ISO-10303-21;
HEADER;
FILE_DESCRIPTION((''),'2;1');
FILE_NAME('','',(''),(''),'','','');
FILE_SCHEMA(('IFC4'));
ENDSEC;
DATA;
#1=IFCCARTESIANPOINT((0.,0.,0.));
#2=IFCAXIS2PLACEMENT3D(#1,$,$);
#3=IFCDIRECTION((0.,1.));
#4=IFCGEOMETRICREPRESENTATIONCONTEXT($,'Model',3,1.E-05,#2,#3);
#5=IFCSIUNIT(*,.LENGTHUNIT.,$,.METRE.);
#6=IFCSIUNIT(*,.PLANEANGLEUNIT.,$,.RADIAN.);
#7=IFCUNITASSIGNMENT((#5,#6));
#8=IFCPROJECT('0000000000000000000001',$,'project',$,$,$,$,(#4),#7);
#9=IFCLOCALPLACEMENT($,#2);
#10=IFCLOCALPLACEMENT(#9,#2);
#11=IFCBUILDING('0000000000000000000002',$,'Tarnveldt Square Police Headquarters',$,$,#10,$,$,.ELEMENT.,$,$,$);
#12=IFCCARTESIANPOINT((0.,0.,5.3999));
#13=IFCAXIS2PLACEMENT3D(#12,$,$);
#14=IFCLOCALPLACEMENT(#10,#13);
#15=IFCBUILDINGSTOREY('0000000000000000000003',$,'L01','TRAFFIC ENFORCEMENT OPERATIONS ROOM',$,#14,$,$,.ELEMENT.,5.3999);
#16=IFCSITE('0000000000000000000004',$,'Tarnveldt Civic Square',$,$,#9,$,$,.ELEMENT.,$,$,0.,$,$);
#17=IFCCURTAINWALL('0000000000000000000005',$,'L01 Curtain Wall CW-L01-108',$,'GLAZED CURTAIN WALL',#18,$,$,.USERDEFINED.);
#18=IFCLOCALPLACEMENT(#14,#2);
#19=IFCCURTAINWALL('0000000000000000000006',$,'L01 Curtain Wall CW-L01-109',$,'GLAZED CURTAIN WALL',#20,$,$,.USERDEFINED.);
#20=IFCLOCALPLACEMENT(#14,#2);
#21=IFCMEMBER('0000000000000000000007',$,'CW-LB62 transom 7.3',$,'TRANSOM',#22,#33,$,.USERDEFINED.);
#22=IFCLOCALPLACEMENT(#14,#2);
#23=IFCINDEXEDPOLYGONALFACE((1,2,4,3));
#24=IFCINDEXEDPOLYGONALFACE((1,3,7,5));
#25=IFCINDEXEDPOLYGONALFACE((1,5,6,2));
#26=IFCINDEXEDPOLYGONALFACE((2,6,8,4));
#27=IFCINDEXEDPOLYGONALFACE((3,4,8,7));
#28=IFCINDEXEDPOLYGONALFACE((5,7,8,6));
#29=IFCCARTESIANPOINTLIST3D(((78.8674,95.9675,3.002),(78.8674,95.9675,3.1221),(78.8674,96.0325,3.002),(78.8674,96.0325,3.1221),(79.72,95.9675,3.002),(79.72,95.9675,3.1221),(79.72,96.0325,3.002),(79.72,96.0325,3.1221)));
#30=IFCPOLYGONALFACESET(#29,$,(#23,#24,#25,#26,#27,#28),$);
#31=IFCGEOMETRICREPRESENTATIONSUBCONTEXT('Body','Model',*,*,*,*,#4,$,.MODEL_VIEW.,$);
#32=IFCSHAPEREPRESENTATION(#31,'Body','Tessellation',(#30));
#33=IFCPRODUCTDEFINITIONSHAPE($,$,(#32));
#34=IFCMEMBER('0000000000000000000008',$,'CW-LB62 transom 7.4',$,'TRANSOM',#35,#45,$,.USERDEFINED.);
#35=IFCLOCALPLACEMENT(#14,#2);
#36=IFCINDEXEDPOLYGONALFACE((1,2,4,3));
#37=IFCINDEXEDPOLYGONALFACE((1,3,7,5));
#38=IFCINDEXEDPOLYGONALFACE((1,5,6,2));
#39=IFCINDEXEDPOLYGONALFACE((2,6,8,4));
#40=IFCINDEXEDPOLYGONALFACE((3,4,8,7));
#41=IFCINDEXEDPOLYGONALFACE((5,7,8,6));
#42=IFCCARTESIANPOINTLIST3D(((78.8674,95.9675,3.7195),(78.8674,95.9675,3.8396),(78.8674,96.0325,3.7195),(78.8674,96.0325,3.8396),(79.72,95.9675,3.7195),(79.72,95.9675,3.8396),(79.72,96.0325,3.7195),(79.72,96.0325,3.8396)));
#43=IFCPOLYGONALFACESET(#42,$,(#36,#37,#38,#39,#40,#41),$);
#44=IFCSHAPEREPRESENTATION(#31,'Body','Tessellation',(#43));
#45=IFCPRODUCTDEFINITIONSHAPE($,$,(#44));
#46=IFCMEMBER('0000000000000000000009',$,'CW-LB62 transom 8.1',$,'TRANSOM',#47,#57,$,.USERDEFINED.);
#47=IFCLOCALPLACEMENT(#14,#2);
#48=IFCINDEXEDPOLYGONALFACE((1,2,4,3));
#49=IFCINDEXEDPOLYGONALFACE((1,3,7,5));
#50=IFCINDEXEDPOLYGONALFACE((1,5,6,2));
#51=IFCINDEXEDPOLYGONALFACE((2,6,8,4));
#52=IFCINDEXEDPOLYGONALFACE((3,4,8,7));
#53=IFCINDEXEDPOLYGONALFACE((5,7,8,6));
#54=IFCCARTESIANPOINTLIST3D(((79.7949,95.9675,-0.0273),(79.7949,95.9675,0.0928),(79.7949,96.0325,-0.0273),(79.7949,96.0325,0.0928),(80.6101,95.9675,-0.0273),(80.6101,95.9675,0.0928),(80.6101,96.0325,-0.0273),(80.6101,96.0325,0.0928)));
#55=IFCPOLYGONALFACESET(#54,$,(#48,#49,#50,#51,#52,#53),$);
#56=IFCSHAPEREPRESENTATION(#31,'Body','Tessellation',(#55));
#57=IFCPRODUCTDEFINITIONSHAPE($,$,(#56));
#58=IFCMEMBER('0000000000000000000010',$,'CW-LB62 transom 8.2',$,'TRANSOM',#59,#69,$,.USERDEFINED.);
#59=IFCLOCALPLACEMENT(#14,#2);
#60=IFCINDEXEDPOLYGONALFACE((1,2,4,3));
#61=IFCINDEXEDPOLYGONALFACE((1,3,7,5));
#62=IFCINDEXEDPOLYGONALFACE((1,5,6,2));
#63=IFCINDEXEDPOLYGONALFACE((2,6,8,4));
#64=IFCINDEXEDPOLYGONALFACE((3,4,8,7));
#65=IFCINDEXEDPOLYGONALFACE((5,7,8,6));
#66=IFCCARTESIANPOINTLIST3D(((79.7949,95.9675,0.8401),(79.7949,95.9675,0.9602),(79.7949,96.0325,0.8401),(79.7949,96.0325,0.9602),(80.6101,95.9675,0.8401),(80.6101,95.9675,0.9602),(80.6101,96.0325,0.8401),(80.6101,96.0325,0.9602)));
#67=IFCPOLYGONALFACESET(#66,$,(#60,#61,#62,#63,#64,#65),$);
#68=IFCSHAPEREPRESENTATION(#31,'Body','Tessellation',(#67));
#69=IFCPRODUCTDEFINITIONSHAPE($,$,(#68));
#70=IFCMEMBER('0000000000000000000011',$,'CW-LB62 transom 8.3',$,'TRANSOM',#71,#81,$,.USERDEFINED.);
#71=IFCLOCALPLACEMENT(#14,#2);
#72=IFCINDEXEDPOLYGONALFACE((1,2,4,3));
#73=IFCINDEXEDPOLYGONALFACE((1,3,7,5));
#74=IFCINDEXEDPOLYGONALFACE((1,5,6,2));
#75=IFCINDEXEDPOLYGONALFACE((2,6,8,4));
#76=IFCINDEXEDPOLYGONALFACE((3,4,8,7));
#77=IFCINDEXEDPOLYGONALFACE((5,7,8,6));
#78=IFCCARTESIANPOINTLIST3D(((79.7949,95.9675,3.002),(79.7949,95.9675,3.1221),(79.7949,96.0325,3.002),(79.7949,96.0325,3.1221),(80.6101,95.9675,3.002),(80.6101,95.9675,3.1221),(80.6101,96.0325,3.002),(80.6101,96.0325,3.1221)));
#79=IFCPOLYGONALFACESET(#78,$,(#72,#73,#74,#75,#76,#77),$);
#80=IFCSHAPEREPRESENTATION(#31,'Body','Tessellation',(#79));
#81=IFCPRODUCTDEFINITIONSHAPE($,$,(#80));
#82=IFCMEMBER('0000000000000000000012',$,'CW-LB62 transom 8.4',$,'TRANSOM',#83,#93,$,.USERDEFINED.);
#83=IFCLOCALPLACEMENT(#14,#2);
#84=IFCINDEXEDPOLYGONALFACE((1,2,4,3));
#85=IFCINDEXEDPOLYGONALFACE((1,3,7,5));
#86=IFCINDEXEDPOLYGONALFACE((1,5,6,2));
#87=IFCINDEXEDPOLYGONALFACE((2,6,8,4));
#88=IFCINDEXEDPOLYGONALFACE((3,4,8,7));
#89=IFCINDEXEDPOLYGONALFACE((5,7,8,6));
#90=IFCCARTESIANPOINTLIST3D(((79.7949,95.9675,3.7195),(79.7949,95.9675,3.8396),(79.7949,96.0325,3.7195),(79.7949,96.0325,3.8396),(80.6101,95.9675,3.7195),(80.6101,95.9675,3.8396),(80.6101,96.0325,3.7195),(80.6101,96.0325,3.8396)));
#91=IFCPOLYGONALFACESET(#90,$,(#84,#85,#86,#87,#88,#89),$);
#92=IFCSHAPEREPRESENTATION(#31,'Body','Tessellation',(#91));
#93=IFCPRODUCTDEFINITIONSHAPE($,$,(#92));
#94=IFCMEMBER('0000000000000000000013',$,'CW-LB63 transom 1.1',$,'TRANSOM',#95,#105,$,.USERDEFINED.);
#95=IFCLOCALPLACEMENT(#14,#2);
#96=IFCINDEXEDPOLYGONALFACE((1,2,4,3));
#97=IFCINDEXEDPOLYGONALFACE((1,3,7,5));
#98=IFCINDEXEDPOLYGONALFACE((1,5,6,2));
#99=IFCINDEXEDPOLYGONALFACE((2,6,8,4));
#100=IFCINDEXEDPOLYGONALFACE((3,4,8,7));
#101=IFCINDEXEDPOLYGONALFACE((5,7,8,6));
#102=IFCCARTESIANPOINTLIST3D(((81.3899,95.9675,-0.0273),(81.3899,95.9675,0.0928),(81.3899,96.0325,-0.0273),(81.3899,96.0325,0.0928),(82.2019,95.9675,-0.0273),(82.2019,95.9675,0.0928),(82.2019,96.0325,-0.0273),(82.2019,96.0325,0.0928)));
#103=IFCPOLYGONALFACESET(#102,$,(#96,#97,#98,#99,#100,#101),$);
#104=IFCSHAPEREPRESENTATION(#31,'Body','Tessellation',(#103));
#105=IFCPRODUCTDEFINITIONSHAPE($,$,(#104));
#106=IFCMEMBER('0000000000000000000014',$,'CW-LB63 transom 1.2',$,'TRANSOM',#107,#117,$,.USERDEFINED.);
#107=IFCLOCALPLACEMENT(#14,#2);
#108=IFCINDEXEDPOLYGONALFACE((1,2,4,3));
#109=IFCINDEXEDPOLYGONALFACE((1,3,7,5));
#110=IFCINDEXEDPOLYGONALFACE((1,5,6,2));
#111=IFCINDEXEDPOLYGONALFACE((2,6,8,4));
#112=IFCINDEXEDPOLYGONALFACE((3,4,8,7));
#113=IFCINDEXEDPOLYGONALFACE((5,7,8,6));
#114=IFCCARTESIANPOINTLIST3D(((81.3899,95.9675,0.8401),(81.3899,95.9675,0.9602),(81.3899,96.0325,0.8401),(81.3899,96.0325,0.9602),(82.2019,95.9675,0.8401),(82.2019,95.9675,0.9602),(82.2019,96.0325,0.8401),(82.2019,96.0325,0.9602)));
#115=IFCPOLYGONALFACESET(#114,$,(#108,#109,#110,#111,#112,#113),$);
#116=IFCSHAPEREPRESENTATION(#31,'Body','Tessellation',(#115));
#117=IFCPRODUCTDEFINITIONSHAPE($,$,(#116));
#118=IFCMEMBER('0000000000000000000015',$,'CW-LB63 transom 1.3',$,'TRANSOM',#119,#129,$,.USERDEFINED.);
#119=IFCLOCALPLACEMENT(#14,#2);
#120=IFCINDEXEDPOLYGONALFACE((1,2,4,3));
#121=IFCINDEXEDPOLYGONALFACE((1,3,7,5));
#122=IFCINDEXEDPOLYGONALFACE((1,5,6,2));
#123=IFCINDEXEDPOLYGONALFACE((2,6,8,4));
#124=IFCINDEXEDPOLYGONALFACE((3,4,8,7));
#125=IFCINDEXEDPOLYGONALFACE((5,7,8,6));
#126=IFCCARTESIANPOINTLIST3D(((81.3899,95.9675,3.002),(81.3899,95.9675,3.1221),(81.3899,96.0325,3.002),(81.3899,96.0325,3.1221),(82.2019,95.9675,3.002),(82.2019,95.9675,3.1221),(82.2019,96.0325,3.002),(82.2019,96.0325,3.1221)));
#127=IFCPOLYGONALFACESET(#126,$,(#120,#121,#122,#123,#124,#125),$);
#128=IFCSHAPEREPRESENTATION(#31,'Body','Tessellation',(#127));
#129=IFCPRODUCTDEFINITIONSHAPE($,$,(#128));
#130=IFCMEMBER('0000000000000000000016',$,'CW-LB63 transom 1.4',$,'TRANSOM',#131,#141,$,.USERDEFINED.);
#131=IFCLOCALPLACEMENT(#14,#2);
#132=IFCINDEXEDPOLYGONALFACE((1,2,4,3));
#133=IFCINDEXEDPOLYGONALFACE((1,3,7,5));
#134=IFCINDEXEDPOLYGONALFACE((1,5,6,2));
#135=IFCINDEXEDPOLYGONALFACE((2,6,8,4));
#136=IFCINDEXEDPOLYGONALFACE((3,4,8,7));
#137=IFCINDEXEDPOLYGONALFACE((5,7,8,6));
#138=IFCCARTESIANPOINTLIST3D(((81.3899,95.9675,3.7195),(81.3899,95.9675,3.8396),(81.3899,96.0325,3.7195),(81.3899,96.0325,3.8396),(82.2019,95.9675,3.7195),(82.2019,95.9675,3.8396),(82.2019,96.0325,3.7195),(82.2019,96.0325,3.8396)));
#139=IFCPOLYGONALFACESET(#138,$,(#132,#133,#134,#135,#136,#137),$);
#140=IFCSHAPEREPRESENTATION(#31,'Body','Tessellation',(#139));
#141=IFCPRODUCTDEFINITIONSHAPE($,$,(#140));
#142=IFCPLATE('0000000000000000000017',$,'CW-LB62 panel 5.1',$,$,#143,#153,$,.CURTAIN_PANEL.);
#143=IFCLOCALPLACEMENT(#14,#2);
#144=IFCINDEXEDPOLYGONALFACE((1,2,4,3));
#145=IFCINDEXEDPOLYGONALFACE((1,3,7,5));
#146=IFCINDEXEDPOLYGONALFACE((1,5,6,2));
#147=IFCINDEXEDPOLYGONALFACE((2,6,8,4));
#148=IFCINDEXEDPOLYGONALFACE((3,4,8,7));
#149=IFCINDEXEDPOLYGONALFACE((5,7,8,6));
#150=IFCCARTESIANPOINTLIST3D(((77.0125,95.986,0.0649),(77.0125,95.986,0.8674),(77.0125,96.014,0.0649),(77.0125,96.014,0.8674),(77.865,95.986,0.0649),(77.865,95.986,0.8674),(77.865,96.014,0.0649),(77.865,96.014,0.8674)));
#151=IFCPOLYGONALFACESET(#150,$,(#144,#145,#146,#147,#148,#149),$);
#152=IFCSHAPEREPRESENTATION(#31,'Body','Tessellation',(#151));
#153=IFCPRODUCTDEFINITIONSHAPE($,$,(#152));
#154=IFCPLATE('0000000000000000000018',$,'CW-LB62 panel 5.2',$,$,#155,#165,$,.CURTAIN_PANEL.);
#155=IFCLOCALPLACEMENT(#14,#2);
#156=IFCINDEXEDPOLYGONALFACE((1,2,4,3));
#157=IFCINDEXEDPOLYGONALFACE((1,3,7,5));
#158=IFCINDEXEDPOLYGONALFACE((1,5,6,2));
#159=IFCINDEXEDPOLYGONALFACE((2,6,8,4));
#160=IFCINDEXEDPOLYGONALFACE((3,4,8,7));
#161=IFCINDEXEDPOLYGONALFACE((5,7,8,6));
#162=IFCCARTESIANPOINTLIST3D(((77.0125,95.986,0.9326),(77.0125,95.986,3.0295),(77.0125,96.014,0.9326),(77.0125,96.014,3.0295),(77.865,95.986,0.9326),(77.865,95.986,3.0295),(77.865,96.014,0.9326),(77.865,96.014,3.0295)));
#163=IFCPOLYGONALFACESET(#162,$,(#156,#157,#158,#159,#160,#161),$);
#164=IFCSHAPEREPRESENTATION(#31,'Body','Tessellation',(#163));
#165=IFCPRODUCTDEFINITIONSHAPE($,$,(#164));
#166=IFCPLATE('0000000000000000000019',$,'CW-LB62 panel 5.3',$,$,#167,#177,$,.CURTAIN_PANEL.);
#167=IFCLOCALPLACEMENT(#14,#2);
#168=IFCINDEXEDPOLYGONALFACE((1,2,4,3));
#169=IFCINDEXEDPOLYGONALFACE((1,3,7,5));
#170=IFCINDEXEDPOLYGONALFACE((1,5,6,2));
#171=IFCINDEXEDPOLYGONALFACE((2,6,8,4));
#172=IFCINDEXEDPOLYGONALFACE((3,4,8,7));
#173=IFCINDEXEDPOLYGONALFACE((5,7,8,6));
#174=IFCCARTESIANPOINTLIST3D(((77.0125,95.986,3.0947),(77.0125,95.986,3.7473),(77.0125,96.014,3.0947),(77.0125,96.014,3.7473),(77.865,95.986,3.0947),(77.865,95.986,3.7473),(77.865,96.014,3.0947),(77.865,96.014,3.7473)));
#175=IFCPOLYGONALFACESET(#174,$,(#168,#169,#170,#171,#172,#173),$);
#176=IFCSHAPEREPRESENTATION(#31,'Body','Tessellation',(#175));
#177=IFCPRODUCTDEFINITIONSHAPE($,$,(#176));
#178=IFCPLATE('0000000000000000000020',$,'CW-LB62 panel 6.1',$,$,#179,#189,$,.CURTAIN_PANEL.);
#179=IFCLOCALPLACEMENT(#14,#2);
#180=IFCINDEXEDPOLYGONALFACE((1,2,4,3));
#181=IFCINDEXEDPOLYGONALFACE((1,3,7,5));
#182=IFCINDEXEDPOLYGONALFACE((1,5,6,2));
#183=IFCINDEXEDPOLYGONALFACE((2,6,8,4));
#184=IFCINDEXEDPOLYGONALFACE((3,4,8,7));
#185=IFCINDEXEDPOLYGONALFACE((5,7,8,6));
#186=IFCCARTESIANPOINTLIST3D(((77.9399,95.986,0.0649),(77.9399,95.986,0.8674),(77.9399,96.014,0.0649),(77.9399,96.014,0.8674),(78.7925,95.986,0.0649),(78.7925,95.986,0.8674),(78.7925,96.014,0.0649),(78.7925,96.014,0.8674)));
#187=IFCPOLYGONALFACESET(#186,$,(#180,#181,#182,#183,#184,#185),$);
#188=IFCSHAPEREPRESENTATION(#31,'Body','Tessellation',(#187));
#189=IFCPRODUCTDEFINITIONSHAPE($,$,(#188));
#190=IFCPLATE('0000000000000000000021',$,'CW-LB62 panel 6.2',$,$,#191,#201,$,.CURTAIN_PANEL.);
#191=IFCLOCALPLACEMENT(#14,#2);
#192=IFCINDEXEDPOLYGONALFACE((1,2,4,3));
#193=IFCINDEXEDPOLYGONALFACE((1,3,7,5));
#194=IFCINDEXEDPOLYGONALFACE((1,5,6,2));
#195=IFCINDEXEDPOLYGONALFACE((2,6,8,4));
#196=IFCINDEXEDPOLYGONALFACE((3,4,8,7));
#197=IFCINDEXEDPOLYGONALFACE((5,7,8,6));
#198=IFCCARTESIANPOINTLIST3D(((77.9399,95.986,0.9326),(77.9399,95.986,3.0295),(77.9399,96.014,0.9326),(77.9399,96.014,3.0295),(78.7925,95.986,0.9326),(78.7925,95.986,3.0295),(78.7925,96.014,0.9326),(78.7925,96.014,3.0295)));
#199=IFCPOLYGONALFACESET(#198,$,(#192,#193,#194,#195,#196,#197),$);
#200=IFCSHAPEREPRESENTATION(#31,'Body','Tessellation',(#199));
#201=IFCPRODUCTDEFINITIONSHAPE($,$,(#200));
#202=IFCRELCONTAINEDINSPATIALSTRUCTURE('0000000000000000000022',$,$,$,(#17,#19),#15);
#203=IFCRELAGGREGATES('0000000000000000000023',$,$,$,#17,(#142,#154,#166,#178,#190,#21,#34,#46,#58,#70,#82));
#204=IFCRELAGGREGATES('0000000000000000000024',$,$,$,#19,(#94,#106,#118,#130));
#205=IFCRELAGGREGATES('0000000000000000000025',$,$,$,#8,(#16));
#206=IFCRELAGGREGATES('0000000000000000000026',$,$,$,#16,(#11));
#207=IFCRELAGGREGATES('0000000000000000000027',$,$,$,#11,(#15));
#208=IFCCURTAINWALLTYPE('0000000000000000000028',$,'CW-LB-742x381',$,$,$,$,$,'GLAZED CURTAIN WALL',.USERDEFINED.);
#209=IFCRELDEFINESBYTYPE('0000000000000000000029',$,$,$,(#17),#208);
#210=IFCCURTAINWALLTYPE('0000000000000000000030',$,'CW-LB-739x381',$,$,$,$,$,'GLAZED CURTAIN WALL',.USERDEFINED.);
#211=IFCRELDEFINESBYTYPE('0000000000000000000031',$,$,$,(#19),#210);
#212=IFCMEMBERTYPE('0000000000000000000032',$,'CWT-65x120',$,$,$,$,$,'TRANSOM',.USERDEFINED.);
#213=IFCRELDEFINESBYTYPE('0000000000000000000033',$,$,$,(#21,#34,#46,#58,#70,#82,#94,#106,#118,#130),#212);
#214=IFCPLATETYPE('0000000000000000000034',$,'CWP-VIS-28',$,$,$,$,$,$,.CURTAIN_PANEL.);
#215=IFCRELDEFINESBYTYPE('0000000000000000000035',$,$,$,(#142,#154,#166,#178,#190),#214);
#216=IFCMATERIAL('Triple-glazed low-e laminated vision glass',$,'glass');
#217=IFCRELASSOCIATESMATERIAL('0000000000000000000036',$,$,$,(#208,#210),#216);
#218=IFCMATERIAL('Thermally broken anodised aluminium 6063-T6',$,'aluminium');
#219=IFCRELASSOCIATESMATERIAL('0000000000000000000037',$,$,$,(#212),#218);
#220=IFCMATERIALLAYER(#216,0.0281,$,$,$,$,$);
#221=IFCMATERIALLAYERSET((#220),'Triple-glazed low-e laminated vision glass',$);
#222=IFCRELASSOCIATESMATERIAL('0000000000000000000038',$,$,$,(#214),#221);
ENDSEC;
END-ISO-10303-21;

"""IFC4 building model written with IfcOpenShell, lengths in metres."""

from ifc_helpers import new_model, si_unit, direction, frame, origin, origin_2d, place, context, subcontext, project, spatial, rectangle, extrude, material, layer, layer_set, material_profile, profile_set, type_object, element, aggregate, save


model = new_model("IFC4")

# Units and contexts
model_context = context("Model", 3, precision=1e-05, world=origin(), true_north=direction((0.0, 1.0)))
body_context = subcontext(model_context, "Body", "Model", "MODEL_VIEW")
ifc_project = project(units=[si_unit("LENGTHUNIT", "METRE"), si_unit("PLANEANGLEUNIT", "RADIAN")], contexts=[model_context])

# Site, building, storey
site_placement = place(None, origin())
site = spatial("IfcSite", under=ifc_project, at=site_placement, Name="Tarnveldt Civic Square", CompositionType="ELEMENT", RefElevation=0.0)
building_placement = place(site_placement, origin())
building = spatial("IfcBuilding", under=site, at=building_placement, Name="Tarnveldt Square Police Headquarters", CompositionType="ELEMENT")
storey_placement = place(building_placement, frame((0.0, 0.0, 5.3999)))
storey = spatial("IfcBuildingStorey", under=building, at=storey_placement, Name="L01", Description="TRAFFIC ENFORCEMENT OPERATIONS ROOM", CompositionType="ELEMENT", Elevation=5.3999)

# Curtain wall
ifc_material_1 = material(Name="Triple-glazed low-e laminated vision glass", Category="glass")
curtain_wall_type_1 = type_object("IfcCurtainWallType", Name="CW-LB-742x381", ElementType="GLAZED CURTAIN WALL", PredefinedType="USERDEFINED", material=ifc_material_1)
curtain_wall_1_placement = place(storey_placement, origin())
curtain_wall_1 = element("IfcCurtainWall", 1, at=curtain_wall_1_placement, inside=storey, type_object=curtain_wall_type_1, Name="L01 Curtain Wall CW-L01-108", ObjectType="GLAZED CURTAIN WALL", PredefinedType="USERDEFINED")
ifc_material_2 = material(Name="Thermally broken anodised aluminium 6063-T6", Category="aluminium")

# Curtain wall
curtain_wall_type_2 = type_object("IfcCurtainWallType", Name="CW-LB-739x381", ElementType="GLAZED CURTAIN WALL", PredefinedType="USERDEFINED", material=ifc_material_1)
curtain_wall_2_placement = place(storey_placement, origin())
curtain_wall_2 = element("IfcCurtainWall", 2, at=curtain_wall_2_placement, inside=storey, type_object=curtain_wall_type_2, Name="L01 Curtain Wall CW-L01-109", ObjectType="GLAZED CURTAIN WALL", PredefinedType="USERDEFINED")

# Members
ifc_material_profile_1 = material_profile(ifc_material_2, rectangle(XDim=0.0649, YDim=0.1201, at=origin_2d()), Name="CW-T65x120")
ifc_profile_set_1 = profile_set([ifc_material_profile_1], Name="Thermally broken anodised aluminium 6063-T6")
member_type_1 = type_object("IfcMemberType", Name="CWT-65x120", ElementType="TRANSOM", PredefinedType="USERDEFINED", material=ifc_profile_set_1)
member_1_placement = place(storey_placement, frame((78.8674, 96.0, 3.062), z_axis=(1.0, 0.0, 0.0), x_axis=(0.0, 1.0, 0.0)))
member_1 = element("IfcMember", 3, at=member_1_placement, type_object=member_type_1, Name="CW-LB62 transom 7.3", ObjectType="TRANSOM", PredefinedType="USERDEFINED", context=body_context, shape_type="SweptSolid", body=[
    extrude(rectangle(XDim=0.0649, YDim=0.1201, at=origin_2d()), origin(), (0.0, 0.0, 1.0), 0.8525),
])
member_2_placement = place(storey_placement, frame((78.8674, 96.0, 3.7795), z_axis=(1.0, 0.0, 0.0), x_axis=(0.0, 1.0, 0.0)))
member_2 = element("IfcMember", 4, at=member_2_placement, type_object=member_type_1, Name="CW-LB62 transom 7.4", ObjectType="TRANSOM", PredefinedType="USERDEFINED", context=body_context, shape_type="SweptSolid", body=[
    extrude(rectangle(XDim=0.0649, YDim=0.1201, at=origin_2d()), origin(), (0.0, 0.0, 1.0), 0.8525),
])
member_3_placement = place(storey_placement, frame((79.7949, 96.0, 0.0327), z_axis=(1.0, 0.0, 0.0), x_axis=(0.0, 1.0, 0.0)))
member_3 = element("IfcMember", 5, at=member_3_placement, type_object=member_type_1, Name="CW-LB62 transom 8.1", ObjectType="TRANSOM", PredefinedType="USERDEFINED", context=body_context, shape_type="SweptSolid", body=[
    extrude(rectangle(XDim=0.0649, YDim=0.1201, at=origin_2d()), origin(), (0.0, 0.0, 1.0), 0.8152),
])
member_4_placement = place(storey_placement, frame((79.7949, 96.0, 0.9001), z_axis=(1.0, 0.0, 0.0), x_axis=(0.0, 1.0, 0.0)))
member_4 = element("IfcMember", 6, at=member_4_placement, type_object=member_type_1, Name="CW-LB62 transom 8.2", ObjectType="TRANSOM", PredefinedType="USERDEFINED", context=body_context, shape_type="SweptSolid", body=[
    extrude(rectangle(XDim=0.0649, YDim=0.1201, at=origin_2d()), origin(), (0.0, 0.0, 1.0), 0.8152),
])
member_5_placement = place(storey_placement, frame((79.7949, 96.0, 3.062), z_axis=(1.0, 0.0, 0.0), x_axis=(0.0, 1.0, 0.0)))
member_5 = element("IfcMember", 7, at=member_5_placement, type_object=member_type_1, Name="CW-LB62 transom 8.3", ObjectType="TRANSOM", PredefinedType="USERDEFINED", context=body_context, shape_type="SweptSolid", body=[
    extrude(rectangle(XDim=0.0649, YDim=0.1201, at=origin_2d()), origin(), (0.0, 0.0, 1.0), 0.8152),
])
member_6_placement = place(storey_placement, frame((79.7949, 96.0, 3.7795), z_axis=(1.0, 0.0, 0.0), x_axis=(0.0, 1.0, 0.0)))
member_6 = element("IfcMember", 8, at=member_6_placement, type_object=member_type_1, Name="CW-LB62 transom 8.4", ObjectType="TRANSOM", PredefinedType="USERDEFINED", context=body_context, shape_type="SweptSolid", body=[
    extrude(rectangle(XDim=0.0649, YDim=0.1201, at=origin_2d()), origin(), (0.0, 0.0, 1.0), 0.8152),
])
member_7_placement = place(storey_placement, frame((81.3899, 96.0, 0.0327), z_axis=(1.0, 0.0, 0.0), x_axis=(0.0, 1.0, 0.0)))
member_7 = element("IfcMember", 9, at=member_7_placement, type_object=member_type_1, Name="CW-LB63 transom 1.1", ObjectType="TRANSOM", PredefinedType="USERDEFINED", context=body_context, shape_type="SweptSolid", body=[
    extrude(rectangle(XDim=0.0649, YDim=0.1201, at=origin_2d()), origin(), (0.0, 0.0, 1.0), 0.812),
])
member_8_placement = place(storey_placement, frame((81.3899, 96.0, 0.9001), z_axis=(1.0, 0.0, 0.0), x_axis=(0.0, 1.0, 0.0)))
member_8 = element("IfcMember", 10, at=member_8_placement, type_object=member_type_1, Name="CW-LB63 transom 1.2", ObjectType="TRANSOM", PredefinedType="USERDEFINED", context=body_context, shape_type="SweptSolid", body=[
    extrude(rectangle(XDim=0.0649, YDim=0.1201, at=origin_2d()), origin(), (0.0, 0.0, 1.0), 0.812),
])
member_9_placement = place(storey_placement, frame((81.3899, 96.0, 3.062), z_axis=(1.0, 0.0, 0.0), x_axis=(0.0, 1.0, 0.0)))
member_9 = element("IfcMember", 11, at=member_9_placement, type_object=member_type_1, Name="CW-LB63 transom 1.3", ObjectType="TRANSOM", PredefinedType="USERDEFINED", context=body_context, shape_type="SweptSolid", body=[
    extrude(rectangle(XDim=0.0649, YDim=0.1201, at=origin_2d()), origin(), (0.0, 0.0, 1.0), 0.812),
])
member_10_placement = place(storey_placement, frame((81.3899, 96.0, 3.7795), z_axis=(1.0, 0.0, 0.0), x_axis=(0.0, 1.0, 0.0)))
member_10 = element("IfcMember", 12, at=member_10_placement, type_object=member_type_1, Name="CW-LB63 transom 1.4", ObjectType="TRANSOM", PredefinedType="USERDEFINED", context=body_context, shape_type="SweptSolid", body=[
    extrude(rectangle(XDim=0.0649, YDim=0.1201, at=origin_2d()), origin(), (0.0, 0.0, 1.0), 0.812),
])

# Plates
ifc_layer = layer(ifc_material_1, 0.0281)
ifc_layer_set = layer_set([ifc_layer], Name="Triple-glazed low-e laminated vision glass")
plate_type = type_object("IfcPlateType", Name="CWP-VIS-28", PredefinedType="CURTAIN_PANEL", material=ifc_layer_set)
plate_1_placement = place(storey_placement, frame((77.4387, 96.0, 0.0649), z_axis=(0.0, 0.0, 1.0), x_axis=(1.0, 0.0, 0.0)))
plate_1 = element("IfcPlate", 13, at=plate_1_placement, type_object=plate_type, Name="CW-LB62 panel 5.1", PredefinedType="CURTAIN_PANEL", context=body_context, shape_type="SweptSolid", body=[
    extrude(rectangle(XDim=0.8525, YDim=0.0281, at=origin_2d()), origin(), (0.0, 0.0, 1.0), 0.8025),
])
plate_2_placement = place(storey_placement, frame((77.4387, 96.0, 0.9326), z_axis=(0.0, 0.0, 1.0), x_axis=(1.0, 0.0, 0.0)))
plate_2 = element("IfcPlate", 14, at=plate_2_placement, type_object=plate_type, Name="CW-LB62 panel 5.2", PredefinedType="CURTAIN_PANEL", context=body_context, shape_type="SweptSolid", body=[
    extrude(rectangle(XDim=0.8525, YDim=0.0281, at=origin_2d()), origin(), (0.0, 0.0, 1.0), 2.0969),
])
plate_3_placement = place(storey_placement, frame((77.4387, 96.0, 3.0947), z_axis=(0.0, 0.0, 1.0), x_axis=(1.0, 0.0, 0.0)))
plate_3 = element("IfcPlate", 15, at=plate_3_placement, type_object=plate_type, Name="CW-LB62 panel 5.3", PredefinedType="CURTAIN_PANEL", context=body_context, shape_type="SweptSolid", body=[
    extrude(rectangle(XDim=0.8525, YDim=0.0281, at=origin_2d()), origin(), (0.0, 0.0, 1.0), 0.6526),
])
plate_4_placement = place(storey_placement, frame((78.3662, 96.0, 0.0649), z_axis=(0.0, 0.0, 1.0), x_axis=(1.0, 0.0, 0.0)))
plate_4 = element("IfcPlate", 16, at=plate_4_placement, type_object=plate_type, Name="CW-LB62 panel 6.1", PredefinedType="CURTAIN_PANEL", context=body_context, shape_type="SweptSolid", body=[
    extrude(rectangle(XDim=0.8525, YDim=0.0281, at=origin_2d()), origin(), (0.0, 0.0, 1.0), 0.8025),
])
plate_5_placement = place(storey_placement, frame((78.3662, 96.0, 0.9326), z_axis=(0.0, 0.0, 1.0), x_axis=(1.0, 0.0, 0.0)))
plate_5 = element("IfcPlate", 17, at=plate_5_placement, type_object=plate_type, Name="CW-LB62 panel 6.2", PredefinedType="CURTAIN_PANEL", context=body_context, shape_type="SweptSolid", body=[
    extrude(rectangle(XDim=0.8525, YDim=0.0281, at=origin_2d()), origin(), (0.0, 0.0, 1.0), 2.0969),
])
aggregate(curtain_wall_1, [plate_1, plate_2, plate_3, plate_4, plate_5, member_1, member_2, member_3, member_4, member_5, member_6])
aggregate(curtain_wall_2, [member_7, member_8, member_9, member_10])

save(model, "model.ifc")
